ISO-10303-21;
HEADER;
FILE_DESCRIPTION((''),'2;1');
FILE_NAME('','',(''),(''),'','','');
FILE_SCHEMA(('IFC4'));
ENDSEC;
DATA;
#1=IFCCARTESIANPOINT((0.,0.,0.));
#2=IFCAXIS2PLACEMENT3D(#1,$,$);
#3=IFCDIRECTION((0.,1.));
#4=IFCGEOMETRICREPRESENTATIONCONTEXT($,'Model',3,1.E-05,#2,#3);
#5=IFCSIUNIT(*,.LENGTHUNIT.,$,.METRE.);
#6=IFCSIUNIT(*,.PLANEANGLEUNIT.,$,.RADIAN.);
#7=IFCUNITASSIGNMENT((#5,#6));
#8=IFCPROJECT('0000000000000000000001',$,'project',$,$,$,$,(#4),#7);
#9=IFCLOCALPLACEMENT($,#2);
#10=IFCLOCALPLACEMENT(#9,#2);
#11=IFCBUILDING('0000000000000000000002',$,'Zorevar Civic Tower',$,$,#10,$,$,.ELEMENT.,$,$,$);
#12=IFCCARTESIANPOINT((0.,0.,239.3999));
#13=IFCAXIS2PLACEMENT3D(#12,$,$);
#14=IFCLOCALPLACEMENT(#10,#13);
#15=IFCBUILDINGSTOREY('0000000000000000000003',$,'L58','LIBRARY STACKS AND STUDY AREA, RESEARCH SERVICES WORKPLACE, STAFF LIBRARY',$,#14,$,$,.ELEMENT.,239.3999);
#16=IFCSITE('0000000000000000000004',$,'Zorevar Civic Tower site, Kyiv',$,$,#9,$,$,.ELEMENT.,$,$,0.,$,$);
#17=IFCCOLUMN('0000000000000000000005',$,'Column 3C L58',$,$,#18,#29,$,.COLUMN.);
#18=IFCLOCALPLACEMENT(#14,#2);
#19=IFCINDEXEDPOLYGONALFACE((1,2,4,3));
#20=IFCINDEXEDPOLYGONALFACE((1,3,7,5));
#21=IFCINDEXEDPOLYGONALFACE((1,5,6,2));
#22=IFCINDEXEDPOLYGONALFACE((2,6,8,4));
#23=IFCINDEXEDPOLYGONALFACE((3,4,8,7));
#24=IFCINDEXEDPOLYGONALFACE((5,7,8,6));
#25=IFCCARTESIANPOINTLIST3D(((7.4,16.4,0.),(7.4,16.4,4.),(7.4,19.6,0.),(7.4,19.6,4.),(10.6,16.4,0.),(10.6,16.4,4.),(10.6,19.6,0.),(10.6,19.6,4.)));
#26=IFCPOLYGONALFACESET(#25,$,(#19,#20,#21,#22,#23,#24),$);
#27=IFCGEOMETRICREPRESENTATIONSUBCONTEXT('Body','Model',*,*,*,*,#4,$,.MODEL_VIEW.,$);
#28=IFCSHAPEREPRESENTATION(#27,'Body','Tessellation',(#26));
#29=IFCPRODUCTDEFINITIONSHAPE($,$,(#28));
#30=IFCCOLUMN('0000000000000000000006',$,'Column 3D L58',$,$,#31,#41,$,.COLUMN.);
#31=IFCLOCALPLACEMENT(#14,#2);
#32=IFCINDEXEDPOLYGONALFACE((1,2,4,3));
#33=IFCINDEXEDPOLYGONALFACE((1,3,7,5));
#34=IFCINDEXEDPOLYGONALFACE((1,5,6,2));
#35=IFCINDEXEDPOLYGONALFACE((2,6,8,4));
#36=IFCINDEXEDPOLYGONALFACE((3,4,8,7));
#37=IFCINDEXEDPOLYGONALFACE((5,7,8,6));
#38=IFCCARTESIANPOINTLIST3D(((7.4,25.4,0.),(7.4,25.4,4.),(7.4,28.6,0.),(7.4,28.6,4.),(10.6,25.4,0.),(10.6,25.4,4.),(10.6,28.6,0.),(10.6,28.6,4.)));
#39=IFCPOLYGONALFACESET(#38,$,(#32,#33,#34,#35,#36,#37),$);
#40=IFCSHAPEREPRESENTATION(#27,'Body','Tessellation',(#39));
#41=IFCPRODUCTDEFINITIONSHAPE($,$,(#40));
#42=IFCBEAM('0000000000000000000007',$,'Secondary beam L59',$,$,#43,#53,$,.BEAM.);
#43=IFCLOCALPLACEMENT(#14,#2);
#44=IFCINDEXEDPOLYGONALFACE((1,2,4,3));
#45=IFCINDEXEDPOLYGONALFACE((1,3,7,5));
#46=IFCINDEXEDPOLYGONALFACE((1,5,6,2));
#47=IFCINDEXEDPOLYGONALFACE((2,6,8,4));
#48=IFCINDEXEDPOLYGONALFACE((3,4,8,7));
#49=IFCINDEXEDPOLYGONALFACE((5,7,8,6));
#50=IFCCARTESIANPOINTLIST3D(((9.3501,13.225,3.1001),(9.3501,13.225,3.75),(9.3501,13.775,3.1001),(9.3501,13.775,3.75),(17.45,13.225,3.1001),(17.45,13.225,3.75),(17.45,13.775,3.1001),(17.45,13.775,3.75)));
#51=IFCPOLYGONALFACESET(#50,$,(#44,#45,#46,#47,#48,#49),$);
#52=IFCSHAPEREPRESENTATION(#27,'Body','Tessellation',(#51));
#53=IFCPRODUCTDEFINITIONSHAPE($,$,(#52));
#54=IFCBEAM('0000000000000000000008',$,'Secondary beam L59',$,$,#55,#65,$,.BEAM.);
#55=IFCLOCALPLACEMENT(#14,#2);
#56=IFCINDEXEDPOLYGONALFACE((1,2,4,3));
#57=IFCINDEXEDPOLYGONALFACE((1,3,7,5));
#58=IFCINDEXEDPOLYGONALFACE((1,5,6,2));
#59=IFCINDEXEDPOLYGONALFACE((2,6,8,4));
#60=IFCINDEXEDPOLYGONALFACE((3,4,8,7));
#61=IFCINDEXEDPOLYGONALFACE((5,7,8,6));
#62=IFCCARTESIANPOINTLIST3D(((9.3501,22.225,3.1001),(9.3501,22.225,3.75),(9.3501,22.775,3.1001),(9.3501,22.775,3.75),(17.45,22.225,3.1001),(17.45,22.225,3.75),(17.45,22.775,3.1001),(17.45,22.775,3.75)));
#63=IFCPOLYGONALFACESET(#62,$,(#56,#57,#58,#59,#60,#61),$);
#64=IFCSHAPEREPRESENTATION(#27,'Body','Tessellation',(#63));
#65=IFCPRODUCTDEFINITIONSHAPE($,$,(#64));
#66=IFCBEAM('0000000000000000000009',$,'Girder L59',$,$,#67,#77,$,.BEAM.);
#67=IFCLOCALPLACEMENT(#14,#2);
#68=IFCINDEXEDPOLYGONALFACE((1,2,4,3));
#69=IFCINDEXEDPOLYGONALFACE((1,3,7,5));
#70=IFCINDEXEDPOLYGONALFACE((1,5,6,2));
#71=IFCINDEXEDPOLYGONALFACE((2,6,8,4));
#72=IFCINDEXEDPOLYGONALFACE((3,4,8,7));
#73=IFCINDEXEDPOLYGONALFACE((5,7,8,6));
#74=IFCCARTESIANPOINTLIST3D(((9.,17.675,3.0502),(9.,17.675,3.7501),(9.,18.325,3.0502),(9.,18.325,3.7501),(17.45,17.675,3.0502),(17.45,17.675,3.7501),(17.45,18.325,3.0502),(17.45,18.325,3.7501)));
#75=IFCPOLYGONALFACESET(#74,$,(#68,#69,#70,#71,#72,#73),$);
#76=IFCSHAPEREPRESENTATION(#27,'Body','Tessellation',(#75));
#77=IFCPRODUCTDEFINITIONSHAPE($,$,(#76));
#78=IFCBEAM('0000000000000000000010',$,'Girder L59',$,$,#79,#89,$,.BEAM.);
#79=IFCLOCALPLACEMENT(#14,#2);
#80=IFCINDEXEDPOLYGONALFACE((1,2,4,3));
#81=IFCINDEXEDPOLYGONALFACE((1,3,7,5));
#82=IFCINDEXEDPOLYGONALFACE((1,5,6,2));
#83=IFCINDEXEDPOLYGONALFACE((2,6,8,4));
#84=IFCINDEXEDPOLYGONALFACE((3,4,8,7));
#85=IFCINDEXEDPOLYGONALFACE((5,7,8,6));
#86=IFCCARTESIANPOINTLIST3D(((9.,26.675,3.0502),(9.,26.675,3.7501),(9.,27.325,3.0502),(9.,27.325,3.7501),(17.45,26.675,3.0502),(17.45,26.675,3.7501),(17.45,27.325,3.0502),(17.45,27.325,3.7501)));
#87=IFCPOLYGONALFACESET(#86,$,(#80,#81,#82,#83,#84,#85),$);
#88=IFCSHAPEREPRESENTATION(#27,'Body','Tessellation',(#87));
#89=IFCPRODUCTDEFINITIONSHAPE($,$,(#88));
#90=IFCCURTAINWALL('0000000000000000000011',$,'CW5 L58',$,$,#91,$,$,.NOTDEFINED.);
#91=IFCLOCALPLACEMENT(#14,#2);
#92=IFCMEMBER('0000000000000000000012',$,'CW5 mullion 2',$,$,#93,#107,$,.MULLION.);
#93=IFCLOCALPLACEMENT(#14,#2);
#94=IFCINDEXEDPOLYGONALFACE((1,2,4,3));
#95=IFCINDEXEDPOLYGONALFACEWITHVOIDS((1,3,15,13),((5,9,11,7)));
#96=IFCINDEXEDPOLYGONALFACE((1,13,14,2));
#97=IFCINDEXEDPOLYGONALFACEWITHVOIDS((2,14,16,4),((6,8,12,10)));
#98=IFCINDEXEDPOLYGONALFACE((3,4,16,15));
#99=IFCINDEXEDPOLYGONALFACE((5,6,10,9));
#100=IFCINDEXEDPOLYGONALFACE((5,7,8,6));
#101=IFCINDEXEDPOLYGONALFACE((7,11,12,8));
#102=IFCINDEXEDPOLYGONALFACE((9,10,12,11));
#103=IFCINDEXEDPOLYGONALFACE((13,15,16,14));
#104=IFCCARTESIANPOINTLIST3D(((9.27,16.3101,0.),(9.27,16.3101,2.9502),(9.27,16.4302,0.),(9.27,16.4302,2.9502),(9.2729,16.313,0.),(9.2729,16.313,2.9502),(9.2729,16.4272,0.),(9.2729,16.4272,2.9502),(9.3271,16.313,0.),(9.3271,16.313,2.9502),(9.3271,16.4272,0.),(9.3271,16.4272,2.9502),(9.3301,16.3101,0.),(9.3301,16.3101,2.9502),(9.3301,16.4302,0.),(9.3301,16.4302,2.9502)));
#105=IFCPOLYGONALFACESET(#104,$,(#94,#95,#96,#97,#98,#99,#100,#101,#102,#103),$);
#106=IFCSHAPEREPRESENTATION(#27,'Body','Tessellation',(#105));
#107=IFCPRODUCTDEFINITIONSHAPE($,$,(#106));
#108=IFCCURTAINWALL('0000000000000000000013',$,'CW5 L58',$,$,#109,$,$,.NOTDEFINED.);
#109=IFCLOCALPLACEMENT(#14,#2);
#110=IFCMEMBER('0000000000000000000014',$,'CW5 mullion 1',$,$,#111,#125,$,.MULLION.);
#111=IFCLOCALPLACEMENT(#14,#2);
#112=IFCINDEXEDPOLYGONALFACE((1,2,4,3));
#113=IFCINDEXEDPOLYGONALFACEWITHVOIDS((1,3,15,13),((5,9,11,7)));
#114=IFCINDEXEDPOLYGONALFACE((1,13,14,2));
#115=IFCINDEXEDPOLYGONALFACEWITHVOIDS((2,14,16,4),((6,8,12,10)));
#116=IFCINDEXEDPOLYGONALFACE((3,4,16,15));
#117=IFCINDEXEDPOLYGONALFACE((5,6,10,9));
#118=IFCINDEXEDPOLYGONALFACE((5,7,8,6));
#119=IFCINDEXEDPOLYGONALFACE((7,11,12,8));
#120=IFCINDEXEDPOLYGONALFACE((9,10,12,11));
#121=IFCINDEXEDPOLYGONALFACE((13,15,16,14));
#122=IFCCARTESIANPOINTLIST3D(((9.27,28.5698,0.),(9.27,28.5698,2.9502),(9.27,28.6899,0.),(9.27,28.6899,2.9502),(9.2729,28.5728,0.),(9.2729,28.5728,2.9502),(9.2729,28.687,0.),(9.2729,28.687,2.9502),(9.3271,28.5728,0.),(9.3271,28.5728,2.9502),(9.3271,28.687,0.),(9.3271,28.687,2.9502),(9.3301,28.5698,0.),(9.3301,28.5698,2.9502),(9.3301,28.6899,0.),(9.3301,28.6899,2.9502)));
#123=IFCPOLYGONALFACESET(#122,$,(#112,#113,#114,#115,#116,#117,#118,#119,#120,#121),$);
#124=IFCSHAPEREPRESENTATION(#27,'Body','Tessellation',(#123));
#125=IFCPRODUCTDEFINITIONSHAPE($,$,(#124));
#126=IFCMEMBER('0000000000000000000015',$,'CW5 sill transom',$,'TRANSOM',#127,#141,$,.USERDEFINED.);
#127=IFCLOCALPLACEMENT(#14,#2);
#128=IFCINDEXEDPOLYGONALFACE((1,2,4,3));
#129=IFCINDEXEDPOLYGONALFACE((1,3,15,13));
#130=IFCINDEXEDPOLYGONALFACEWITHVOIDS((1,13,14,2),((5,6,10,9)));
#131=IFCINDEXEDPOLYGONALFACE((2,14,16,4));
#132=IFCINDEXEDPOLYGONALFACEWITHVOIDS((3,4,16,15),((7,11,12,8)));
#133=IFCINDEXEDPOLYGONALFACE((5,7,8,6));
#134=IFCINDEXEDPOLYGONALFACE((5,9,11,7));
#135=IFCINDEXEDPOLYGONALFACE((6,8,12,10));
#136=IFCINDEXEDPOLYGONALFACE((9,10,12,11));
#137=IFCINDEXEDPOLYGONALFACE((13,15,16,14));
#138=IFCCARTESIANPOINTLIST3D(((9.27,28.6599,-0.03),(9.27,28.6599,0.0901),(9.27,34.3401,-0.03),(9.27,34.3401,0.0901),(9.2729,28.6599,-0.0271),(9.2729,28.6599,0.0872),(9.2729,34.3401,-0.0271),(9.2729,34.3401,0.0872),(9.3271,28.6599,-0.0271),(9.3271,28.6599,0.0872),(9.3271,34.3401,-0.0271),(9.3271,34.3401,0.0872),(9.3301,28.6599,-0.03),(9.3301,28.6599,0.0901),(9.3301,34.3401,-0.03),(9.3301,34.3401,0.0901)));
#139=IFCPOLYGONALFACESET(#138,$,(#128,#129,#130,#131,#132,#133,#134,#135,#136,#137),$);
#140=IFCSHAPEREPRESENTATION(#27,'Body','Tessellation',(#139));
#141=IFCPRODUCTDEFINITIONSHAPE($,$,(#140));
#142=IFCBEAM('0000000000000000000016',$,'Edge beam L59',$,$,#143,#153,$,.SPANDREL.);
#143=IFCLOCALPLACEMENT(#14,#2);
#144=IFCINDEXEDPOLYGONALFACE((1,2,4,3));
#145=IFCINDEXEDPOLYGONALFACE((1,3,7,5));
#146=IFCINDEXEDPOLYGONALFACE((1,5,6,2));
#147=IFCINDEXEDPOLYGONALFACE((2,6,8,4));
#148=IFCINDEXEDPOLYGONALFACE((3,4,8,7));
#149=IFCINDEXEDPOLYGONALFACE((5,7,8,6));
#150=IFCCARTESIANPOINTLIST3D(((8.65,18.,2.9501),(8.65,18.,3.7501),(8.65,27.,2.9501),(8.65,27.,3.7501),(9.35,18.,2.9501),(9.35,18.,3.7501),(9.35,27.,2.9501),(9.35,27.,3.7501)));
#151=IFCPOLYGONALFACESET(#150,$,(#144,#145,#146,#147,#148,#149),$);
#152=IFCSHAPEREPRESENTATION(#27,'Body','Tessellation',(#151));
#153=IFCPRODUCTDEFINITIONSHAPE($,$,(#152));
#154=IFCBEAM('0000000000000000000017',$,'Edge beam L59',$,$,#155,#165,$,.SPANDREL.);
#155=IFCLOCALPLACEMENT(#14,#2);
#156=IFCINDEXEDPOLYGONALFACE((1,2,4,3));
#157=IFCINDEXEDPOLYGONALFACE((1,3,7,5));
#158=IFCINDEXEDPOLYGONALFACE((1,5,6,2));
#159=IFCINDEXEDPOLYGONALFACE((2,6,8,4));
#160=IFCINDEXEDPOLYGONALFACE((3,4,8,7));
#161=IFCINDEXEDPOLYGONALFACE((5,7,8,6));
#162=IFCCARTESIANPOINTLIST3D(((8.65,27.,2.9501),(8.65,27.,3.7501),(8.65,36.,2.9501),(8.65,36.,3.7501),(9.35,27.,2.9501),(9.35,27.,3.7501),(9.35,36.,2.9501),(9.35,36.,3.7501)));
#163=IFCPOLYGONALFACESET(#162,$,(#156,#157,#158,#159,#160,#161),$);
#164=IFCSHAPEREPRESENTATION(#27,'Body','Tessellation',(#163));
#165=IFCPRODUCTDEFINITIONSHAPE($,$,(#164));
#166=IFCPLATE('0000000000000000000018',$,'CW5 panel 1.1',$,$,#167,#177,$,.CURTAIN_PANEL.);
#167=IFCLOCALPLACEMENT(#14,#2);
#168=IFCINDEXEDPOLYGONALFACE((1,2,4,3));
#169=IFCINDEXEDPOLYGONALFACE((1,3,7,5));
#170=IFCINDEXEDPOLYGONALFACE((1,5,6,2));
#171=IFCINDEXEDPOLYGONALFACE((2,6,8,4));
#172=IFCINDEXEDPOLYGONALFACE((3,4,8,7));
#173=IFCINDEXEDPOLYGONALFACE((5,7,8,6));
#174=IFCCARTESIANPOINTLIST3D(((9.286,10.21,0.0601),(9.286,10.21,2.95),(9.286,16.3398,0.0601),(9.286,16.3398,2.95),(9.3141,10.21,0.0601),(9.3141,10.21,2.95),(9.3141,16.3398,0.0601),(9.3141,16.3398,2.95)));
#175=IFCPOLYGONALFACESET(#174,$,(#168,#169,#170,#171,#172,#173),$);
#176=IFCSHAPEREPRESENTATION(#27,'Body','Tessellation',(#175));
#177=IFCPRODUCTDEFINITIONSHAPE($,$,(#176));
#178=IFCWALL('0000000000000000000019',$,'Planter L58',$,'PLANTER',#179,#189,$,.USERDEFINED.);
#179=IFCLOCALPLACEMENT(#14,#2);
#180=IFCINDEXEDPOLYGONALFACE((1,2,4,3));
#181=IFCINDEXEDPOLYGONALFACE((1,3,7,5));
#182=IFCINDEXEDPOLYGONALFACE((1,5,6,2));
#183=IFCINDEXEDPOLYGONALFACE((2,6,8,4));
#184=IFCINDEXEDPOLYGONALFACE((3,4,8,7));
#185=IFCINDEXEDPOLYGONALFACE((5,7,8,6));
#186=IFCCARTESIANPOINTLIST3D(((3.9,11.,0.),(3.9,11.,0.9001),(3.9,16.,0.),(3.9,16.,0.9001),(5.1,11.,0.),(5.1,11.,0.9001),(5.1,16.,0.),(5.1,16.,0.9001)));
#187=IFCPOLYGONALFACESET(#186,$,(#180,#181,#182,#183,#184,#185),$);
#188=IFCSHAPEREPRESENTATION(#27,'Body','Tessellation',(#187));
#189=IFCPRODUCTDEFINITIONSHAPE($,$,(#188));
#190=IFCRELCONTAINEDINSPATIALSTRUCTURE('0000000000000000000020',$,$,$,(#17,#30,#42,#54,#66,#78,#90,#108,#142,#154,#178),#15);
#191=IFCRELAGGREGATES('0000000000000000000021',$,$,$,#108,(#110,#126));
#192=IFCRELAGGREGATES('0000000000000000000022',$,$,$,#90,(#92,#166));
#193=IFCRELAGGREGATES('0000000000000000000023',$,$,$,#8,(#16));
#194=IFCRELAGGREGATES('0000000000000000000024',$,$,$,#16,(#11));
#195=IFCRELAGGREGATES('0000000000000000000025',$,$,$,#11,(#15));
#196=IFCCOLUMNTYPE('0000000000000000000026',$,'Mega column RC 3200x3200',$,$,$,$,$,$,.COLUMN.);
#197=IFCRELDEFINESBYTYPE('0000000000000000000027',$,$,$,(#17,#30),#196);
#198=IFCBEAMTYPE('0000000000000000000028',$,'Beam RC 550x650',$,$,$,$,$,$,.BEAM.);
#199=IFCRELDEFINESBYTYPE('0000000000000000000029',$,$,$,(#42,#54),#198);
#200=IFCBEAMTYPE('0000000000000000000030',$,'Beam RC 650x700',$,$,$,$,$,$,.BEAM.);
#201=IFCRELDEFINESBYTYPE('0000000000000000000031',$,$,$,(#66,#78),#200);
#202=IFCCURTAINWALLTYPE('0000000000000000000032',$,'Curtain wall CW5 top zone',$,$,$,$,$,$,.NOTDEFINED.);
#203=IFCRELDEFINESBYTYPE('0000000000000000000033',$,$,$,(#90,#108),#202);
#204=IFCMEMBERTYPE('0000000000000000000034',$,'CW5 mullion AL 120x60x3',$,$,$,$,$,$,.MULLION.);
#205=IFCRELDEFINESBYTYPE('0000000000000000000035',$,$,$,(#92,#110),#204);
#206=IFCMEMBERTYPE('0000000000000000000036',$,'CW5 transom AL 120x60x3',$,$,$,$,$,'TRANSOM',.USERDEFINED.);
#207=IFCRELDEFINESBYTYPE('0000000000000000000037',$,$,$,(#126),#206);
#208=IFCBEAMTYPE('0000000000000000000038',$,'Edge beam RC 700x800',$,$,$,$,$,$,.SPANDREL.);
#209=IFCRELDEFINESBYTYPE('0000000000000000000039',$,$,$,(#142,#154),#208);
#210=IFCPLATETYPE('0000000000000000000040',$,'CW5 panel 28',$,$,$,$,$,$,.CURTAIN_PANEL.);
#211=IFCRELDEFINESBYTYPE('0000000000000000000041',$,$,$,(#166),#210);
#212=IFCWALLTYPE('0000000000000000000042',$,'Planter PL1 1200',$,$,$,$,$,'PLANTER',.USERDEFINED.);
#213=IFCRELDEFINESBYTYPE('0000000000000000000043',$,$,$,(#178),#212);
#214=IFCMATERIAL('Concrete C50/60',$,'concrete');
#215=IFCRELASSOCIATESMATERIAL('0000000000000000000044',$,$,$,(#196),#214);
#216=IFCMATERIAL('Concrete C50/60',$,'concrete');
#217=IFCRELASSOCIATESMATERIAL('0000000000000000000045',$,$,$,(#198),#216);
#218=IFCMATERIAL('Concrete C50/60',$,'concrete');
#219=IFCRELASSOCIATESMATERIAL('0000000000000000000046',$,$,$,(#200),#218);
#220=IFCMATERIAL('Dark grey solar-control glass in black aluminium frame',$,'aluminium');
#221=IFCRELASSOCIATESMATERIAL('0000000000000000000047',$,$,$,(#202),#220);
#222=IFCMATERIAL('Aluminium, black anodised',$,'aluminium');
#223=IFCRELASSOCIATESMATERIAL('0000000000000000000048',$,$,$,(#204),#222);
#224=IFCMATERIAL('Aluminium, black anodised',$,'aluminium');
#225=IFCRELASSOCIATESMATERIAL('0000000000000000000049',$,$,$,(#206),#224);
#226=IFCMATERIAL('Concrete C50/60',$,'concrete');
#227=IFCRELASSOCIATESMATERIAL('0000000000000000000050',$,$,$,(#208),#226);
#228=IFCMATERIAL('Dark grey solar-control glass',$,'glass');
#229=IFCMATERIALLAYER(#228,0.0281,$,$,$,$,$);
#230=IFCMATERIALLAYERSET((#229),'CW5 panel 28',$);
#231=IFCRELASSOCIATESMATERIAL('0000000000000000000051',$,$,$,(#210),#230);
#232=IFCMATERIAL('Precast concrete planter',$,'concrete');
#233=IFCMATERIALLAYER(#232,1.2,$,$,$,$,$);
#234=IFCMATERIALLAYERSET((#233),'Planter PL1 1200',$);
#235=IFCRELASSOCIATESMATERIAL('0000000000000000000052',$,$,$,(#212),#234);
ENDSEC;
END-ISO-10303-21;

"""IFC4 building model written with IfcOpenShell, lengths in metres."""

from ifc_helpers import new_model, si_unit, direction, frame, frame_2d, origin, origin_2d, place, context, subcontext, project, spatial, rectangle, hollow_rectangle, extrude, material, layer, layer_set, material_profile, profile_set, type_object, element, aggregate, save


model = new_model("IFC4")

# Units and contexts
model_context = context("Model", 3, precision=1e-05, world=origin(), true_north=direction((0.0, 1.0)))
body_context = subcontext(model_context, "Body", "Model", "MODEL_VIEW")
ifc_project = project(units=[si_unit("LENGTHUNIT", "METRE"), si_unit("PLANEANGLEUNIT", "RADIAN")], contexts=[model_context])

# Site, building, storey
site_placement = place(None, origin())
site = spatial("IfcSite", under=ifc_project, at=site_placement, Name="Zorevar Civic Tower site, Kyiv", CompositionType="ELEMENT", RefElevation=0.0)
building_placement = place(site_placement, origin())
building = spatial("IfcBuilding", under=site, at=building_placement, Name="Zorevar Civic Tower", CompositionType="ELEMENT")
storey_placement = place(building_placement, frame((0.0, 0.0, 239.3999)))
storey = spatial("IfcBuildingStorey", under=building, at=storey_placement, Name="L58", Description="LIBRARY STACKS AND STUDY AREA, RESEARCH SERVICES WORKPLACE, STAFF LIBRARY", CompositionType="ELEMENT", Elevation=239.3999)

# Columns
ifc_material_1 = material(Name="Concrete C50/60", Category="concrete")
ifc_material_profile_1 = material_profile(ifc_material_1, rectangle(XDim=3.2, YDim=3.2, at=origin_2d()), Name="RC 3200x3200")
ifc_profile_set_1 = profile_set([ifc_material_profile_1], Name="Concrete C50/60")
column_type = type_object("IfcColumnType", Name="Mega column RC 3200x3200", PredefinedType="COLUMN", material=ifc_profile_set_1)
for number, where, z_axis, x_axis, name in (
    (1, (9.0, 18.0, 0.0), (0.0, 0.0, 1.0), (1.0, 0.0, 0.0), "Column 3C L58"),
    (2, (9.0, 27.0, 0.0), (0.0, 0.0, 1.0), (1.0, 0.0, 0.0), "Column 3D L58"),
):
    element("IfcColumn", number, at=place(storey_placement, frame(where, z_axis=z_axis, x_axis=x_axis)), inside=storey, type_object=column_type, Name=name, PredefinedType="COLUMN", context=body_context, shape_type="SweptSolid", body=[
        extrude(rectangle(XDim=3.2, YDim=3.2, at=origin_2d()), origin(), (0.0, 0.0, 1.0), 4.0),
    ])

# Beams
ifc_material_2 = material(Name="Concrete C50/60", Category="concrete")
ifc_material_profile_2 = material_profile(ifc_material_2, rectangle(XDim=0.55, YDim=0.6499, at=origin_2d()), Name="RC 550x650")
ifc_profile_set_2 = profile_set([ifc_material_profile_2], Name="Concrete C50/60")
beam_type_1 = type_object("IfcBeamType", Name="Beam RC 550x650", PredefinedType="BEAM", material=ifc_profile_set_2)
for number, where, z_axis, x_axis, name in (
    (3, (9.3501, 13.5, 3.425), (1.0, 0.0, 0.0), (0.0, 1.0, 0.0), "Secondary beam L59"),
    (4, (9.3501, 22.5, 3.425), (1.0, 0.0, 0.0), (0.0, 1.0, 0.0), "Secondary beam L59"),
):
    element("IfcBeam", number, at=place(storey_placement, frame(where, z_axis=z_axis, x_axis=x_axis)), inside=storey, type_object=beam_type_1, Name=name, PredefinedType="BEAM", context=body_context, shape_type="SweptSolid", body=[
        extrude(rectangle(XDim=0.55, YDim=0.6499, at=origin_2d()), origin(), (0.0, 0.0, 1.0), 8.0999),
    ])
ifc_material_3 = material(Name="Concrete C50/60", Category="concrete")
ifc_material_profile_3 = material_profile(ifc_material_3, rectangle(XDim=0.6499, YDim=0.7, at=origin_2d()), Name="RC 650x700")
ifc_profile_set_3 = profile_set([ifc_material_profile_3], Name="Concrete C50/60")
beam_type_2 = type_object("IfcBeamType", Name="Beam RC 650x700", PredefinedType="BEAM", material=ifc_profile_set_3)
for number, where, z_axis, x_axis, name in (
    (5, (9.0, 18.0, 3.4001), (1.0, 0.0, 0.0), (0.0, 1.0, 0.0), "Girder L59"),
    (6, (9.0, 27.0, 3.4001), (1.0, 0.0, 0.0), (0.0, 1.0, 0.0), "Girder L59"),
):
    element("IfcBeam", number, at=place(storey_placement, frame(where, z_axis=z_axis, x_axis=x_axis)), inside=storey, type_object=beam_type_2, Name=name, PredefinedType="BEAM", context=body_context, shape_type="SweptSolid", body=[
        extrude(rectangle(XDim=0.6499, YDim=0.7, at=origin_2d()), origin(), (0.0, 0.0, 1.0), 8.45),
    ])

# Curtain wall, member
ifc_material_4 = material(Name="Dark grey solar-control glass in black aluminium frame", Category="aluminium")
curtain_wall_type = type_object("IfcCurtainWallType", Name="Curtain wall CW5 top zone", PredefinedType="NOTDEFINED", material=ifc_material_4)
curtain_wall_1_placement = place(storey_placement, origin())
curtain_wall_1 = element("IfcCurtainWall", 7, at=curtain_wall_1_placement, inside=storey, type_object=curtain_wall_type, Name="CW5 L58", PredefinedType="NOTDEFINED")
ifc_material_5 = material(Name="Aluminium, black anodised", Category="aluminium")
ifc_material_profile_4 = material_profile(ifc_material_5, hollow_rectangle(XDim=0.0601, YDim=0.1201, WallThickness=0.0029, at=origin_2d()), Name="AL 120x60x3")
ifc_profile_set_4 = profile_set([ifc_material_profile_4], Name="Aluminium, black anodised")
member_type_1 = type_object("IfcMemberType", Name="CW5 mullion AL 120x60x3", PredefinedType="MULLION", material=ifc_profile_set_4)
member_1_placement = place(storey_placement, frame((9.3, 16.3701, 0.0), z_axis=(0.0, 0.0, 1.0), x_axis=(-1.0, 0.0, 0.0)))
member_1 = element("IfcMember", 8, at=member_1_placement, type_object=member_type_1, Name="CW5 mullion 2", PredefinedType="MULLION", context=body_context, shape_type="SweptSolid", body=[
    extrude(hollow_rectangle(XDim=0.0601, YDim=0.1201, WallThickness=0.0029, at=origin_2d()), origin(), (0.0, 0.0, 1.0), 2.9502),
])

# Curtain wall, members
curtain_wall_2_placement = place(storey_placement, origin())
curtain_wall_2 = element("IfcCurtainWall", 9, at=curtain_wall_2_placement, inside=storey, type_object=curtain_wall_type, Name="CW5 L58", PredefinedType="NOTDEFINED")
member_2_placement = place(storey_placement, frame((9.3, 28.6299, 0.0), z_axis=(0.0, 0.0, 1.0), x_axis=(-1.0, 0.0, 0.0)))
member_2 = element("IfcMember", 10, at=member_2_placement, type_object=member_type_1, Name="CW5 mullion 1", PredefinedType="MULLION", context=body_context, shape_type="SweptSolid", body=[
    extrude(hollow_rectangle(XDim=0.0601, YDim=0.1201, WallThickness=0.0029, at=origin_2d()), origin(), (0.0, 0.0, 1.0), 2.9502),
])
ifc_material_6 = material(Name="Aluminium, black anodised", Category="aluminium")
ifc_material_profile_5 = material_profile(ifc_material_6, hollow_rectangle(XDim=0.0601, YDim=0.1201, WallThickness=0.0029, at=origin_2d()), Name="AL 120x60x3")
ifc_profile_set_5 = profile_set([ifc_material_profile_5], Name="Aluminium, black anodised")
member_type_2 = type_object("IfcMemberType", Name="CW5 transom AL 120x60x3", ElementType="TRANSOM", PredefinedType="USERDEFINED", material=ifc_profile_set_5)
member_3_placement = place(storey_placement, frame((9.3, 28.6599, 0.03), z_axis=(0.0, 1.0, 0.0), x_axis=(-1.0, 0.0, 0.0)))
member_3 = element("IfcMember", 11, at=member_3_placement, type_object=member_type_2, Name="CW5 sill transom", ObjectType="TRANSOM", PredefinedType="USERDEFINED", context=body_context, shape_type="SweptSolid", body=[
    extrude(hollow_rectangle(XDim=0.0601, YDim=0.1201, WallThickness=0.0029, at=origin_2d()), origin(), (0.0, 0.0, 1.0), 5.6802),
])
aggregate(curtain_wall_2, [member_2, member_3])

# Beams
ifc_material_7 = material(Name="Concrete C50/60", Category="concrete")
ifc_material_profile_6 = material_profile(ifc_material_7, rectangle(XDim=0.7, YDim=0.8, at=origin_2d()), Name="RC 700x800")
ifc_profile_set_6 = profile_set([ifc_material_profile_6], Name="Concrete C50/60")
beam_type_3 = type_object("IfcBeamType", Name="Edge beam RC 700x800", PredefinedType="SPANDREL", material=ifc_profile_set_6)
for number, where, z_axis, x_axis, name in (
    (12, (9.0, 18.0, 3.3501), (0.0, 1.0, 0.0), (-1.0, 0.0, 0.0), "Edge beam L59"),
    (13, (9.0, 27.0, 3.3501), (0.0, 1.0, 0.0), (-1.0, 0.0, 0.0), "Edge beam L59"),
):
    element("IfcBeam", number, at=place(storey_placement, frame(where, z_axis=z_axis, x_axis=x_axis)), inside=storey, type_object=beam_type_3, Name=name, PredefinedType="SPANDREL", context=body_context, shape_type="SweptSolid", body=[
        extrude(rectangle(XDim=0.7, YDim=0.8, at=origin_2d()), origin(), (0.0, 0.0, 1.0), 9.0),
    ])

# Plate
ifc_material_8 = material(Name="Dark grey solar-control glass", Category="glass")
ifc_layer_1 = layer(ifc_material_8, 0.0281)
ifc_layer_set_1 = layer_set([ifc_layer_1], Name="CW5 panel 28")
plate_type = type_object("IfcPlateType", Name="CW5 panel 28", PredefinedType="CURTAIN_PANEL", material=ifc_layer_set_1)
plate_placement = place(storey_placement, frame((9.3, 13.2749, 0.0601), z_axis=(0.0, 0.0, 1.0), x_axis=(0.0, 1.0, 0.0)))
plate = element("IfcPlate", 14, at=plate_placement, type_object=plate_type, Name="CW5 panel 1.1", PredefinedType="CURTAIN_PANEL", context=body_context, shape_type="SweptSolid", body=[
    extrude(rectangle(XDim=6.1299, YDim=0.0281, at=origin_2d()), origin(), (0.0, 0.0, 1.0), 2.8899),
])
aggregate(curtain_wall_1, [member_1, plate])

# Wall
ifc_material_9 = material(Name="Precast concrete planter", Category="concrete")
ifc_layer_2 = layer(ifc_material_9, 1.2)
ifc_layer_set_2 = layer_set([ifc_layer_2], Name="Planter PL1 1200")
wall_type_1 = type_object("IfcWallType", Name="Planter PL1 1200", ElementType="PLANTER", PredefinedType="USERDEFINED", material=ifc_layer_set_2)
for number, where, z_axis, x_axis, name in (
    (15, (4.5, 11.0, 0.0), (0.0, 0.0, 1.0), (0.0, 1.0, 0.0), "Planter L58"),
):
    element("IfcWall", number, at=place(storey_placement, frame(where, z_axis=z_axis, x_axis=x_axis)), inside=storey, type_object=wall_type_1, Name=name, ObjectType="PLANTER", PredefinedType="USERDEFINED", context=body_context, shape_type="SweptSolid", body=[
        extrude(rectangle(XDim=5.0, YDim=1.2, at=frame_2d((2.5, 0.0))), origin(), (0.0, 0.0, 1.0), 0.9001),
    ])

save(model, "model.ifc")
